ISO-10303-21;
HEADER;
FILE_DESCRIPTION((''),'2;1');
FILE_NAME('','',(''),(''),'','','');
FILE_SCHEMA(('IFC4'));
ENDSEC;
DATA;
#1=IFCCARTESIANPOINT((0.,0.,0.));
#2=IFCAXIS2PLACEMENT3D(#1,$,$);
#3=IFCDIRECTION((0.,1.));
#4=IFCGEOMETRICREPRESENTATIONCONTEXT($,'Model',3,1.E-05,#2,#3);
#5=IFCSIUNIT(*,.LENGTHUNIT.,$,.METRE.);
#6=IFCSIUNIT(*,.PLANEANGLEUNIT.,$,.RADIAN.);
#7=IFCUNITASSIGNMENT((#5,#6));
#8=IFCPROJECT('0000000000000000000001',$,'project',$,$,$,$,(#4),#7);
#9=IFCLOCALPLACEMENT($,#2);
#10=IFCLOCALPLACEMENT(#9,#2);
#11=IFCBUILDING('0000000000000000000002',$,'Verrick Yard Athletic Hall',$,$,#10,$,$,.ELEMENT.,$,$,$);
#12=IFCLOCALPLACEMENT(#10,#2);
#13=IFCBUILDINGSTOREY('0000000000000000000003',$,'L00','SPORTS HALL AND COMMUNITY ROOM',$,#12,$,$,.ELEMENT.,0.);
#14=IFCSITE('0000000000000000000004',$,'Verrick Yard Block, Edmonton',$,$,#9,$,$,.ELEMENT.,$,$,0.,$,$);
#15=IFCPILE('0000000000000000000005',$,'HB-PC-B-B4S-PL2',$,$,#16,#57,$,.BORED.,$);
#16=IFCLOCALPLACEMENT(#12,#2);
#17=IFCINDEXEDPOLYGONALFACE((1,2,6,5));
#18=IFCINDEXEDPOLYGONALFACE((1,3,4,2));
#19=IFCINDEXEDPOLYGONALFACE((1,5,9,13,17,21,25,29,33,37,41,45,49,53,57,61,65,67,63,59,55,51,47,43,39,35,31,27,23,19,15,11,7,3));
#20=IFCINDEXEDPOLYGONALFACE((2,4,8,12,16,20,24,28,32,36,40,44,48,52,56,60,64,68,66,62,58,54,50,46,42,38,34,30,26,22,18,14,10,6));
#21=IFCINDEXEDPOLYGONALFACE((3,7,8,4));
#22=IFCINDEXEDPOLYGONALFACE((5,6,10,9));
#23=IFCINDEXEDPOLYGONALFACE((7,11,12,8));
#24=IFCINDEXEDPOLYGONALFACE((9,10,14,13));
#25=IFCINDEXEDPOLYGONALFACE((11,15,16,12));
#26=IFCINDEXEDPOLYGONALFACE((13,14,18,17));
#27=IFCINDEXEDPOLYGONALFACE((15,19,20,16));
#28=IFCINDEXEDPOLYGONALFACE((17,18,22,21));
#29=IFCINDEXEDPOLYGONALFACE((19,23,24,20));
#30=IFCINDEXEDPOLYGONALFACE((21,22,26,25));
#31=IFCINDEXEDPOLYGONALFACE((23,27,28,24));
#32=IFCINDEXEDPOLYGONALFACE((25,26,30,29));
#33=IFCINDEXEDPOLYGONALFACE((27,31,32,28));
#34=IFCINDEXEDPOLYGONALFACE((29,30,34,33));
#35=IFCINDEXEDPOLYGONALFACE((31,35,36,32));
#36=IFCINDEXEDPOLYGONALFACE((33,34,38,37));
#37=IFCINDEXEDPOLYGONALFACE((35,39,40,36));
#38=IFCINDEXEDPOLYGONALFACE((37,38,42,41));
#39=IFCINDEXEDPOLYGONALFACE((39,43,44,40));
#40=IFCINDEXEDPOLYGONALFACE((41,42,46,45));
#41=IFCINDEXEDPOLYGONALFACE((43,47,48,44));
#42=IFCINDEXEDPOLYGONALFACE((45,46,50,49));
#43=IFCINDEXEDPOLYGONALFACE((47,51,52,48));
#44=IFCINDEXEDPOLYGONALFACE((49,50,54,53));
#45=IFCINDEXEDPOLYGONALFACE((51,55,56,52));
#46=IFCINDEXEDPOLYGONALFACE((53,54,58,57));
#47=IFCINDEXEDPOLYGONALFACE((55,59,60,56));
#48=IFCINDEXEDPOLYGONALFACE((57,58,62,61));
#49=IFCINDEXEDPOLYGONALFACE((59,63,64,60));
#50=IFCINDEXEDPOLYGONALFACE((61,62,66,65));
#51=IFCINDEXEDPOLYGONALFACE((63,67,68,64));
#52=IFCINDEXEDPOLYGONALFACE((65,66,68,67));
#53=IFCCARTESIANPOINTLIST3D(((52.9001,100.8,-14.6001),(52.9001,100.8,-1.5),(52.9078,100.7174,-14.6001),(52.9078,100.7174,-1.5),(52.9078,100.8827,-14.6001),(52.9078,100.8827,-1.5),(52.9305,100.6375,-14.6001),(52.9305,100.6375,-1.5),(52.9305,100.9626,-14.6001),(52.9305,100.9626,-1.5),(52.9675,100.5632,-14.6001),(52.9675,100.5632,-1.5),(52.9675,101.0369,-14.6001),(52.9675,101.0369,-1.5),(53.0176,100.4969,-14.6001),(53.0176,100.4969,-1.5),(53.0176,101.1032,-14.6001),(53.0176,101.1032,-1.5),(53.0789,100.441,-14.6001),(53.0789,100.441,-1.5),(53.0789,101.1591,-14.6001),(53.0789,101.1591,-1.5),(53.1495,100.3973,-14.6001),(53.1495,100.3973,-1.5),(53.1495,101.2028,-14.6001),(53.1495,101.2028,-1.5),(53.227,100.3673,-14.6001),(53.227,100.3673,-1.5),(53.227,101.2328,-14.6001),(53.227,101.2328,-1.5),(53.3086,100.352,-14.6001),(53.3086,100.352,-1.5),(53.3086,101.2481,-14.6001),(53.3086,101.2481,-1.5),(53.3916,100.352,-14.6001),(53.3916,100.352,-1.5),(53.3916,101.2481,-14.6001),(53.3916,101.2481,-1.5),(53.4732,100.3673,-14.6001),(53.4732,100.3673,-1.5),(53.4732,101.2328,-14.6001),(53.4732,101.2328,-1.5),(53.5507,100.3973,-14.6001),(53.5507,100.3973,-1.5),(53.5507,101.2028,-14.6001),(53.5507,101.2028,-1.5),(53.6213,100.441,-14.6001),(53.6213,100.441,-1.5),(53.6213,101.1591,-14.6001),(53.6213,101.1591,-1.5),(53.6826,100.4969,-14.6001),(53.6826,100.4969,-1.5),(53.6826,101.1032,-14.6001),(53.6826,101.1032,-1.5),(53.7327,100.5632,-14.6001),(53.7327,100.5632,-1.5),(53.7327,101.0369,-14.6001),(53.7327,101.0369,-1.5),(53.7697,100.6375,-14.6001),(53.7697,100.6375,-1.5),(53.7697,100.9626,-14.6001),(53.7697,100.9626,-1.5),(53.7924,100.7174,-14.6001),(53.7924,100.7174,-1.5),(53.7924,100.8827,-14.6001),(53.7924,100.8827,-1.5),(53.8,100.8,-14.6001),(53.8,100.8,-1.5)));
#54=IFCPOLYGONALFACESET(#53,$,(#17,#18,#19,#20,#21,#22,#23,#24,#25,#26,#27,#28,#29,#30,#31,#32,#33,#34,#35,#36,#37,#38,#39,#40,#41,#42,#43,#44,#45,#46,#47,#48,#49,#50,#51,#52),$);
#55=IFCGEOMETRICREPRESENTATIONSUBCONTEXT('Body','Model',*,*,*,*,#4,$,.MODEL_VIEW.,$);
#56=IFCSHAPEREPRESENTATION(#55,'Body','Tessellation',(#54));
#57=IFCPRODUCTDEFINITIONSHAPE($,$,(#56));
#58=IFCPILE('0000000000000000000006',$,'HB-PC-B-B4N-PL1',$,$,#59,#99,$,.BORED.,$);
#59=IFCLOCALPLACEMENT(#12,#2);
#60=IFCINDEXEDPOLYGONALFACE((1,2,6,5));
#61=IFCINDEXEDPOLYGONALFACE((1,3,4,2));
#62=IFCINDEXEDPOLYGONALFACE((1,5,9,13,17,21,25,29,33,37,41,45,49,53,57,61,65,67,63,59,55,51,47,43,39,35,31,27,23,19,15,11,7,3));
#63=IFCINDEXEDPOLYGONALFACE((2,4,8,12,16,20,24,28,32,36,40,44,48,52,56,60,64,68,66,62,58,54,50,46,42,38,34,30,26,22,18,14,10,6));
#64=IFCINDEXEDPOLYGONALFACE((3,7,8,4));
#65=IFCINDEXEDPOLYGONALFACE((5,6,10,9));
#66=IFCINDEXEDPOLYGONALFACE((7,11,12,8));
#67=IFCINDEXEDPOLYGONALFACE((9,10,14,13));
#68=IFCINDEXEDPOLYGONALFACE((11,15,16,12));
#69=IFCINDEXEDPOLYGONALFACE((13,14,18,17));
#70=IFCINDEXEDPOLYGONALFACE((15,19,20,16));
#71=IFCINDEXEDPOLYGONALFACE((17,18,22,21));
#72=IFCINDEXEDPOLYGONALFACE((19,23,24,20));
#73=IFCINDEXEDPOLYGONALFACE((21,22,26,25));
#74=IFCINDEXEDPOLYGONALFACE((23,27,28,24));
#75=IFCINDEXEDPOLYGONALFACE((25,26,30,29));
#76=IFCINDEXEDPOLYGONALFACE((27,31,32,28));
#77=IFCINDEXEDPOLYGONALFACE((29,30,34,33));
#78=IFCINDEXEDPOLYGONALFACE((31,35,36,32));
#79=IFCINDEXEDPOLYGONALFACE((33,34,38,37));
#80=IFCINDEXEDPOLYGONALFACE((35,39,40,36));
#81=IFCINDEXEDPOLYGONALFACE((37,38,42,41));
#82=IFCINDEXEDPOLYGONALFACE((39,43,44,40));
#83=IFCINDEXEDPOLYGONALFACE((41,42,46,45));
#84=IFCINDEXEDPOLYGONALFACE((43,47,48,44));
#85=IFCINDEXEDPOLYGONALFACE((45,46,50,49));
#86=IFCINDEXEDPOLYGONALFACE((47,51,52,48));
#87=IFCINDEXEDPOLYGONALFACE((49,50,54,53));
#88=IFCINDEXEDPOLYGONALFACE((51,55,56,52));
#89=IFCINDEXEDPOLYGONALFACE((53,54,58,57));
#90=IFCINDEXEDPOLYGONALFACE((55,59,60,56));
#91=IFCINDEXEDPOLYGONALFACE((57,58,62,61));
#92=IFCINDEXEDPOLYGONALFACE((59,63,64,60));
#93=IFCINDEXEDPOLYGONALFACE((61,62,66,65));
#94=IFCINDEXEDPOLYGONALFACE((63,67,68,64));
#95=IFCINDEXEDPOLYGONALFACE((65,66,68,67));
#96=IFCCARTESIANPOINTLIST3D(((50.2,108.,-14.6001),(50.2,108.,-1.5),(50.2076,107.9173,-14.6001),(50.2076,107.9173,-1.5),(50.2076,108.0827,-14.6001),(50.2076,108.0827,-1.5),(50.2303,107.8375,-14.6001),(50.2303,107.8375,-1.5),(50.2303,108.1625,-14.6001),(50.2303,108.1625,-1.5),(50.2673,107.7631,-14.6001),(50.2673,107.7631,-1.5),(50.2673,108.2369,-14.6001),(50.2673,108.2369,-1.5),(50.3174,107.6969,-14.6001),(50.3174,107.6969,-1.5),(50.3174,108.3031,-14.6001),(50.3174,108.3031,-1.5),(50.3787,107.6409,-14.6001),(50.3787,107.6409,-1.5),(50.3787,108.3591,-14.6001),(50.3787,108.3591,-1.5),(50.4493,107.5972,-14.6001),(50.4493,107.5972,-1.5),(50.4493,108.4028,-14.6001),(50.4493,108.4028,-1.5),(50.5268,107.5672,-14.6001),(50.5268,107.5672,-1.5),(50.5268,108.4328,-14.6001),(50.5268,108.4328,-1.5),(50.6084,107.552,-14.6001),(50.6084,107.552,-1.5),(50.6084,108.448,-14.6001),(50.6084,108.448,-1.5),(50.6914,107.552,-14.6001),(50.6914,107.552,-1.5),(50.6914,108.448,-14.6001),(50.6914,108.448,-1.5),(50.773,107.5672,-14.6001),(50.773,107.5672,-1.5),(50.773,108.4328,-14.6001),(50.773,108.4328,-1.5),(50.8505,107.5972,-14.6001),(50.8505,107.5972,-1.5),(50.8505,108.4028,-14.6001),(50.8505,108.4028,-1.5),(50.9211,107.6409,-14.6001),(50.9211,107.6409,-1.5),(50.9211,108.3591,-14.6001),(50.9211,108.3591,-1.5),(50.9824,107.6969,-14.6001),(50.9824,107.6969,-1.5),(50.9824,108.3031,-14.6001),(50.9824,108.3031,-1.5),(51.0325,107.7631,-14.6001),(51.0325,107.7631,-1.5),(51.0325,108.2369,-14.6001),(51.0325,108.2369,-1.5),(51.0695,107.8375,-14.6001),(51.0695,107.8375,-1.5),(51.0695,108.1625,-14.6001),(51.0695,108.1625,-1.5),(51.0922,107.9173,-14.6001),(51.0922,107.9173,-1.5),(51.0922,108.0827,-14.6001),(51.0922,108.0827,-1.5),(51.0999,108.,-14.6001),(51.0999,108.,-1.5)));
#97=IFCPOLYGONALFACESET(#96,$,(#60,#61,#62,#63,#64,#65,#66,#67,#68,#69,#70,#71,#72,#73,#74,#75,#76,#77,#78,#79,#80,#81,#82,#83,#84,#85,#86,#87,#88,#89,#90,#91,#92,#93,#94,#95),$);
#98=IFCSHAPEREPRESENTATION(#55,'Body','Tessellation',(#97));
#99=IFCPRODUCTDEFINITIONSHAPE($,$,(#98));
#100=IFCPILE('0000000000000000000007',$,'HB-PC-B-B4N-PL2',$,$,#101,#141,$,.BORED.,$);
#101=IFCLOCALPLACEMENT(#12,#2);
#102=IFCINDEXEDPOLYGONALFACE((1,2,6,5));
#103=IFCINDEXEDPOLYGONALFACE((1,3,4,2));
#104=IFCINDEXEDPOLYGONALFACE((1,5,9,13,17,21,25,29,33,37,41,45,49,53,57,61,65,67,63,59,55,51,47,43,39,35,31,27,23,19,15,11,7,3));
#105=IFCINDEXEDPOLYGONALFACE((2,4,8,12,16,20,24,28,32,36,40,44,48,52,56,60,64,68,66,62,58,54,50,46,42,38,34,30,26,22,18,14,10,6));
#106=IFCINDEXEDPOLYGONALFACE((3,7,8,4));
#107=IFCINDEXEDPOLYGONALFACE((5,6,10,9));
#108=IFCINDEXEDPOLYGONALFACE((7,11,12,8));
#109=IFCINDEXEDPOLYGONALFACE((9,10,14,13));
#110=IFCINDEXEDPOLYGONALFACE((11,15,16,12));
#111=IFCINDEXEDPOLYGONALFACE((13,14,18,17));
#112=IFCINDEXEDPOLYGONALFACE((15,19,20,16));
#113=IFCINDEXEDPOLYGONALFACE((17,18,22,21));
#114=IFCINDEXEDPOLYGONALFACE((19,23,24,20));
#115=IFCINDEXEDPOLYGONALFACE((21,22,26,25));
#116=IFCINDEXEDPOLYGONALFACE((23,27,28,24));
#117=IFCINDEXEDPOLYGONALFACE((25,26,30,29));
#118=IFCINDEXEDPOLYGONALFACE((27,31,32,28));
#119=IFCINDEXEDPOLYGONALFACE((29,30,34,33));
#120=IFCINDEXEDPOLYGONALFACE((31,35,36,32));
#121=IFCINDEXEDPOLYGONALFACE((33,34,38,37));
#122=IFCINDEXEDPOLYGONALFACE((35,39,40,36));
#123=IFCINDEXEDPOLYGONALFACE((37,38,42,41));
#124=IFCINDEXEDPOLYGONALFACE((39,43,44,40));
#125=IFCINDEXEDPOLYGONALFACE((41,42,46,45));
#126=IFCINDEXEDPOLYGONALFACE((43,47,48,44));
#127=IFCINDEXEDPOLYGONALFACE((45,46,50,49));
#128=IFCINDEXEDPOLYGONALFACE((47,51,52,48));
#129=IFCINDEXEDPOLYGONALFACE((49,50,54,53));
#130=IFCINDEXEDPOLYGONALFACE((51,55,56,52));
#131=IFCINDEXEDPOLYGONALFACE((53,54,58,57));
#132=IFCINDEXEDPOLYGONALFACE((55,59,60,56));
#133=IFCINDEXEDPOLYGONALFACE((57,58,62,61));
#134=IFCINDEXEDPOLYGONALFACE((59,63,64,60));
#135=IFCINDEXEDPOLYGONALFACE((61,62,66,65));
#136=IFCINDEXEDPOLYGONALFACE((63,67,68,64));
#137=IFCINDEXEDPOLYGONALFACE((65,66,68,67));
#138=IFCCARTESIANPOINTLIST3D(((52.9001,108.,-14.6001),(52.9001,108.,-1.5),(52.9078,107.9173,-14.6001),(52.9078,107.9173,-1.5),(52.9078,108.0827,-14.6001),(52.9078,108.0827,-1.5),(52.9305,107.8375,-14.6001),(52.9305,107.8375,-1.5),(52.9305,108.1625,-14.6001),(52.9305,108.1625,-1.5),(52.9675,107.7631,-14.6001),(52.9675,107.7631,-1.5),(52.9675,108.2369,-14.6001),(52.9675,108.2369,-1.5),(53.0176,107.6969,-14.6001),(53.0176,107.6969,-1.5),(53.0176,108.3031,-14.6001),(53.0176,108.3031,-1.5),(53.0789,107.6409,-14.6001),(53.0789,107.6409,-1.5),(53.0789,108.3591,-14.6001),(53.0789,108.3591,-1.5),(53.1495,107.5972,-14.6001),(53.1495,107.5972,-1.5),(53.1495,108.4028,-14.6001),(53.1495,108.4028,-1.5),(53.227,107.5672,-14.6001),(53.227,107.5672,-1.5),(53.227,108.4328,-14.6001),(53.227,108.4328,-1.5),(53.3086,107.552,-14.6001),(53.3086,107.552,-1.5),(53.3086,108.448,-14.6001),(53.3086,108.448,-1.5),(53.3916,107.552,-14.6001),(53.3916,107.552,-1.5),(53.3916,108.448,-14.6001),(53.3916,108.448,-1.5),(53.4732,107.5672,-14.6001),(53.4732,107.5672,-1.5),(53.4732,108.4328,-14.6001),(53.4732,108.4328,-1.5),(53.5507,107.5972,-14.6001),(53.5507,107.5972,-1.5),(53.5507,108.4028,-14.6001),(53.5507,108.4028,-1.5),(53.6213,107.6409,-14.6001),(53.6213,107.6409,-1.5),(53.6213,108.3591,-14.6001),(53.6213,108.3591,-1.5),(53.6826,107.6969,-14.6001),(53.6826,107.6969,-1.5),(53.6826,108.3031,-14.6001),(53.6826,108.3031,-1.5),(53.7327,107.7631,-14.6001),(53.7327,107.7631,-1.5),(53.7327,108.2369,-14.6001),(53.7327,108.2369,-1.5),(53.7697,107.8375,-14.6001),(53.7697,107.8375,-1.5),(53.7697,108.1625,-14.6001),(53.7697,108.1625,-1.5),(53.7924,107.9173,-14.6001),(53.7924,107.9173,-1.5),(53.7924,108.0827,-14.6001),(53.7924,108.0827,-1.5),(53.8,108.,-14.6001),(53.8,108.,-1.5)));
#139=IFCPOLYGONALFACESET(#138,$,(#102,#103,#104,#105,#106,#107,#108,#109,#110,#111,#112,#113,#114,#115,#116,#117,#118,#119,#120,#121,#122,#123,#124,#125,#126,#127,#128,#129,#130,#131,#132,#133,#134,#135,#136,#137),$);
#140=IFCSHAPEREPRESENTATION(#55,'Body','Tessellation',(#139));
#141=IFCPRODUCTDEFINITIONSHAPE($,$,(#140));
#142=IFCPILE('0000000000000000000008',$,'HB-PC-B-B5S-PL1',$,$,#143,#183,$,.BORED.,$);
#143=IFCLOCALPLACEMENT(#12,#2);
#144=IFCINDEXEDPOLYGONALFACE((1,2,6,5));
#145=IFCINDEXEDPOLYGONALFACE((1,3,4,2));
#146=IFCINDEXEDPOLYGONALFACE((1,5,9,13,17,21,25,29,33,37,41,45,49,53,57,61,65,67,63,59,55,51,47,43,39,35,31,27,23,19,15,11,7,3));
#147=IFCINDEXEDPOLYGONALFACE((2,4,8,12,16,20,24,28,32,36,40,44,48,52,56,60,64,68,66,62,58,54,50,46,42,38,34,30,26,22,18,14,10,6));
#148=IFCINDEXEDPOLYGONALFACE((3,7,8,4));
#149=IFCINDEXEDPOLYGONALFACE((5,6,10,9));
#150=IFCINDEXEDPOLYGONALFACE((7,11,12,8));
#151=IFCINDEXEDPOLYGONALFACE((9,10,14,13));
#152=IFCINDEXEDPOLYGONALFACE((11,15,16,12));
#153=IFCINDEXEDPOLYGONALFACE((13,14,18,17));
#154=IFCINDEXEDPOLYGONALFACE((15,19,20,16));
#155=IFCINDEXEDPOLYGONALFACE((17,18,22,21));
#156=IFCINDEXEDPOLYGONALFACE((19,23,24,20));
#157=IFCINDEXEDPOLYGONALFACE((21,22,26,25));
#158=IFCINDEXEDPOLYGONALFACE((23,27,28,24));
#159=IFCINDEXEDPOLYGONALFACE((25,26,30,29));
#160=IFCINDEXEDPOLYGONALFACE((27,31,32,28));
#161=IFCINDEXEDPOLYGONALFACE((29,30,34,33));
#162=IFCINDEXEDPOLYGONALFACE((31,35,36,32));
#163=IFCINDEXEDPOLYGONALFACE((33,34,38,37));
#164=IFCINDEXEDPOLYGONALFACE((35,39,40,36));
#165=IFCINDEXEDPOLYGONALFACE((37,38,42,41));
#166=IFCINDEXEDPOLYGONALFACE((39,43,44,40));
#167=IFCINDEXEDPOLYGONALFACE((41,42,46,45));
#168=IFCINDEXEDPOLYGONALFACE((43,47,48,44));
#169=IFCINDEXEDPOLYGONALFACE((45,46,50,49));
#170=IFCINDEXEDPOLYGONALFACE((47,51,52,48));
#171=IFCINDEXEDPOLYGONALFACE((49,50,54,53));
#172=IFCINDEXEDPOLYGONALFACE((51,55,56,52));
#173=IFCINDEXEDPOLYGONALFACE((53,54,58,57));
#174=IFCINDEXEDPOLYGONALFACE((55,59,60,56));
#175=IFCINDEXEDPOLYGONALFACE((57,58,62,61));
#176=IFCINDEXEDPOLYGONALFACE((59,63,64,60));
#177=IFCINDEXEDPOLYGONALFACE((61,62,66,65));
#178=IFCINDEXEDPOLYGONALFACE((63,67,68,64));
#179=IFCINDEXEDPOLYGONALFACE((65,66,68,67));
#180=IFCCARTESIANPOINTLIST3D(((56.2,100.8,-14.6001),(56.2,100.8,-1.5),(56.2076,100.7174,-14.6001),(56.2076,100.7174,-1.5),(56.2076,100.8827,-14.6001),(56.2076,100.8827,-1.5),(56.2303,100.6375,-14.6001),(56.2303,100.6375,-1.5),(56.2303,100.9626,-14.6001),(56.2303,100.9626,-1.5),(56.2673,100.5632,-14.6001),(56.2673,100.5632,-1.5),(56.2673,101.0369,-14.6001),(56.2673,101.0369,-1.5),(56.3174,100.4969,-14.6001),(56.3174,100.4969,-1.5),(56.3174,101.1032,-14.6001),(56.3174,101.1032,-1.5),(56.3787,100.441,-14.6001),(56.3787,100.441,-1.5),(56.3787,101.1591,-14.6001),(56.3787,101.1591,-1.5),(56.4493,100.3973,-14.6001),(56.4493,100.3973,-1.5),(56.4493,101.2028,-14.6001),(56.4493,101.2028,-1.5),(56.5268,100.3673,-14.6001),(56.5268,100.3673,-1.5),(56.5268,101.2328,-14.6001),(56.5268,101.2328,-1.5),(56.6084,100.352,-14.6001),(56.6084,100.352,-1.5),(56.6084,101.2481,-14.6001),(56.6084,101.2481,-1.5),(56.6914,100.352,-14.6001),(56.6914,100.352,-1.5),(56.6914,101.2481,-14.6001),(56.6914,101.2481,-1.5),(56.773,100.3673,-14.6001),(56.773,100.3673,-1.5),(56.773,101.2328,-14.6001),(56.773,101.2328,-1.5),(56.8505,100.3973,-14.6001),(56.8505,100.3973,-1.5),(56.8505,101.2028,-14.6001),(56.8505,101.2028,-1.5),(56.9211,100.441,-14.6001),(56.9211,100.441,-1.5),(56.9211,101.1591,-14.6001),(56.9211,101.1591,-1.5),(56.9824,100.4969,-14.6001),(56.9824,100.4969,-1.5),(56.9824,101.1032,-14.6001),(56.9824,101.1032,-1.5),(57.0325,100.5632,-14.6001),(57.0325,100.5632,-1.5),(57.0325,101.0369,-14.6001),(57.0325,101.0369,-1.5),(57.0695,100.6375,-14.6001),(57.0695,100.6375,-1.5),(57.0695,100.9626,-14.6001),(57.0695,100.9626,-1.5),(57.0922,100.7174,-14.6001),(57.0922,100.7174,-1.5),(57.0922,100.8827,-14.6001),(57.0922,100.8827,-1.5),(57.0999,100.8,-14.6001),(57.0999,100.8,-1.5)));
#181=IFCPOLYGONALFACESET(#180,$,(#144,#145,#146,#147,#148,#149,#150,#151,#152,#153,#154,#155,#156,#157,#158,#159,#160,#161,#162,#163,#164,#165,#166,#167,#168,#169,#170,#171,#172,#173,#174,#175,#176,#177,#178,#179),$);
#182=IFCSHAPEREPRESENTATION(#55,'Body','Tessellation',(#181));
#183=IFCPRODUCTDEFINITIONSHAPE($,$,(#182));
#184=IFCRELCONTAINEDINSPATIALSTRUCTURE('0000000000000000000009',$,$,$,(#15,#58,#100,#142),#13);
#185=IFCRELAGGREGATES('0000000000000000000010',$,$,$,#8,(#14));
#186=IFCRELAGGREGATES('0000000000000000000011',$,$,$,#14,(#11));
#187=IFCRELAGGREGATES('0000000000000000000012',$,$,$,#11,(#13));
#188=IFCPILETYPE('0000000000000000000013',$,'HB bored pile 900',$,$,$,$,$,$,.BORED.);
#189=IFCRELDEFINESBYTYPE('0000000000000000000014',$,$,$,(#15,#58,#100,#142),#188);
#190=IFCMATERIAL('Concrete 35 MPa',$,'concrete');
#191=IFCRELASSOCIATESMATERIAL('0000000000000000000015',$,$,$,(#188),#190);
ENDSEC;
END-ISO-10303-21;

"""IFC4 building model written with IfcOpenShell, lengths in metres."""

from ifc_helpers import new_model, si_unit, direction, frame, origin, origin_2d, place, context, subcontext, project, spatial, circle, extrude, material, material_profile, profile_set, type_object, element, save


model = new_model("IFC4")

# Units and contexts
model_context = context("Model", 3, precision=1e-05, world=origin(), true_north=direction((0.0, 1.0)))
body_context = subcontext(model_context, "Body", "Model", "MODEL_VIEW")
ifc_project = project(units=[si_unit("LENGTHUNIT", "METRE"), si_unit("PLANEANGLEUNIT", "RADIAN")], contexts=[model_context])

# Site, building, storey
site_placement = place(None, origin())
site = spatial("IfcSite", under=ifc_project, at=site_placement, Name="Verrick Yard Block, Edmonton", CompositionType="ELEMENT", RefElevation=0.0)
building_placement = place(site_placement, origin())
building = spatial("IfcBuilding", under=site, at=building_placement, Name="Verrick Yard Athletic Hall", CompositionType="ELEMENT")
storey_placement = place(building_placement, origin())
storey = spatial("IfcBuildingStorey", under=building, at=storey_placement, Name="L00", Description="SPORTS HALL AND COMMUNITY ROOM", CompositionType="ELEMENT", Elevation=0.0)

# Piles
ifc_material_1 = material(Name="Concrete 35 MPa", Category="concrete")
ifc_material_profile_1 = material_profile(ifc_material_1, circle(Radius=0.45, at=origin_2d()), Name="Bored pile 900")
ifc_profile_set_1 = profile_set([ifc_material_profile_1], Name="Concrete 35 MPa")
pile_type = type_object("IfcPileType", Name="HB bored pile 900", PredefinedType="BORED", material=ifc_profile_set_1)
for number, where, z_axis, x_axis, name in (
    (1, (53.3501, 100.8, -1.5), (0.0, 0.0, -1.0), (1.0, 0.0, 0.0), "HB-PC-B-B4S-PL2"),
    (2, (50.6499, 108.0, -1.5), (0.0, 0.0, -1.0), (1.0, 0.0, 0.0), "HB-PC-B-B4N-PL1"),
    (3, (53.3501, 108.0, -1.5), (0.0, 0.0, -1.0), (1.0, 0.0, 0.0), "HB-PC-B-B4N-PL2"),
    (4, (56.6499, 100.8, -1.5), (0.0, 0.0, -1.0), (1.0, 0.0, 0.0), "HB-PC-B-B5S-PL1"),
):
    element("IfcPile", number, at=place(storey_placement, frame(where, z_axis=z_axis, x_axis=x_axis)), inside=storey, type_object=pile_type, Name=name, PredefinedType="BORED", context=body_context, shape_type="SweptSolid", body=[
        extrude(circle(Radius=0.45, at=origin_2d()), origin(), (0.0, 0.0, 1.0), 13.1001),
    ])

save(model, "model.ifc")
